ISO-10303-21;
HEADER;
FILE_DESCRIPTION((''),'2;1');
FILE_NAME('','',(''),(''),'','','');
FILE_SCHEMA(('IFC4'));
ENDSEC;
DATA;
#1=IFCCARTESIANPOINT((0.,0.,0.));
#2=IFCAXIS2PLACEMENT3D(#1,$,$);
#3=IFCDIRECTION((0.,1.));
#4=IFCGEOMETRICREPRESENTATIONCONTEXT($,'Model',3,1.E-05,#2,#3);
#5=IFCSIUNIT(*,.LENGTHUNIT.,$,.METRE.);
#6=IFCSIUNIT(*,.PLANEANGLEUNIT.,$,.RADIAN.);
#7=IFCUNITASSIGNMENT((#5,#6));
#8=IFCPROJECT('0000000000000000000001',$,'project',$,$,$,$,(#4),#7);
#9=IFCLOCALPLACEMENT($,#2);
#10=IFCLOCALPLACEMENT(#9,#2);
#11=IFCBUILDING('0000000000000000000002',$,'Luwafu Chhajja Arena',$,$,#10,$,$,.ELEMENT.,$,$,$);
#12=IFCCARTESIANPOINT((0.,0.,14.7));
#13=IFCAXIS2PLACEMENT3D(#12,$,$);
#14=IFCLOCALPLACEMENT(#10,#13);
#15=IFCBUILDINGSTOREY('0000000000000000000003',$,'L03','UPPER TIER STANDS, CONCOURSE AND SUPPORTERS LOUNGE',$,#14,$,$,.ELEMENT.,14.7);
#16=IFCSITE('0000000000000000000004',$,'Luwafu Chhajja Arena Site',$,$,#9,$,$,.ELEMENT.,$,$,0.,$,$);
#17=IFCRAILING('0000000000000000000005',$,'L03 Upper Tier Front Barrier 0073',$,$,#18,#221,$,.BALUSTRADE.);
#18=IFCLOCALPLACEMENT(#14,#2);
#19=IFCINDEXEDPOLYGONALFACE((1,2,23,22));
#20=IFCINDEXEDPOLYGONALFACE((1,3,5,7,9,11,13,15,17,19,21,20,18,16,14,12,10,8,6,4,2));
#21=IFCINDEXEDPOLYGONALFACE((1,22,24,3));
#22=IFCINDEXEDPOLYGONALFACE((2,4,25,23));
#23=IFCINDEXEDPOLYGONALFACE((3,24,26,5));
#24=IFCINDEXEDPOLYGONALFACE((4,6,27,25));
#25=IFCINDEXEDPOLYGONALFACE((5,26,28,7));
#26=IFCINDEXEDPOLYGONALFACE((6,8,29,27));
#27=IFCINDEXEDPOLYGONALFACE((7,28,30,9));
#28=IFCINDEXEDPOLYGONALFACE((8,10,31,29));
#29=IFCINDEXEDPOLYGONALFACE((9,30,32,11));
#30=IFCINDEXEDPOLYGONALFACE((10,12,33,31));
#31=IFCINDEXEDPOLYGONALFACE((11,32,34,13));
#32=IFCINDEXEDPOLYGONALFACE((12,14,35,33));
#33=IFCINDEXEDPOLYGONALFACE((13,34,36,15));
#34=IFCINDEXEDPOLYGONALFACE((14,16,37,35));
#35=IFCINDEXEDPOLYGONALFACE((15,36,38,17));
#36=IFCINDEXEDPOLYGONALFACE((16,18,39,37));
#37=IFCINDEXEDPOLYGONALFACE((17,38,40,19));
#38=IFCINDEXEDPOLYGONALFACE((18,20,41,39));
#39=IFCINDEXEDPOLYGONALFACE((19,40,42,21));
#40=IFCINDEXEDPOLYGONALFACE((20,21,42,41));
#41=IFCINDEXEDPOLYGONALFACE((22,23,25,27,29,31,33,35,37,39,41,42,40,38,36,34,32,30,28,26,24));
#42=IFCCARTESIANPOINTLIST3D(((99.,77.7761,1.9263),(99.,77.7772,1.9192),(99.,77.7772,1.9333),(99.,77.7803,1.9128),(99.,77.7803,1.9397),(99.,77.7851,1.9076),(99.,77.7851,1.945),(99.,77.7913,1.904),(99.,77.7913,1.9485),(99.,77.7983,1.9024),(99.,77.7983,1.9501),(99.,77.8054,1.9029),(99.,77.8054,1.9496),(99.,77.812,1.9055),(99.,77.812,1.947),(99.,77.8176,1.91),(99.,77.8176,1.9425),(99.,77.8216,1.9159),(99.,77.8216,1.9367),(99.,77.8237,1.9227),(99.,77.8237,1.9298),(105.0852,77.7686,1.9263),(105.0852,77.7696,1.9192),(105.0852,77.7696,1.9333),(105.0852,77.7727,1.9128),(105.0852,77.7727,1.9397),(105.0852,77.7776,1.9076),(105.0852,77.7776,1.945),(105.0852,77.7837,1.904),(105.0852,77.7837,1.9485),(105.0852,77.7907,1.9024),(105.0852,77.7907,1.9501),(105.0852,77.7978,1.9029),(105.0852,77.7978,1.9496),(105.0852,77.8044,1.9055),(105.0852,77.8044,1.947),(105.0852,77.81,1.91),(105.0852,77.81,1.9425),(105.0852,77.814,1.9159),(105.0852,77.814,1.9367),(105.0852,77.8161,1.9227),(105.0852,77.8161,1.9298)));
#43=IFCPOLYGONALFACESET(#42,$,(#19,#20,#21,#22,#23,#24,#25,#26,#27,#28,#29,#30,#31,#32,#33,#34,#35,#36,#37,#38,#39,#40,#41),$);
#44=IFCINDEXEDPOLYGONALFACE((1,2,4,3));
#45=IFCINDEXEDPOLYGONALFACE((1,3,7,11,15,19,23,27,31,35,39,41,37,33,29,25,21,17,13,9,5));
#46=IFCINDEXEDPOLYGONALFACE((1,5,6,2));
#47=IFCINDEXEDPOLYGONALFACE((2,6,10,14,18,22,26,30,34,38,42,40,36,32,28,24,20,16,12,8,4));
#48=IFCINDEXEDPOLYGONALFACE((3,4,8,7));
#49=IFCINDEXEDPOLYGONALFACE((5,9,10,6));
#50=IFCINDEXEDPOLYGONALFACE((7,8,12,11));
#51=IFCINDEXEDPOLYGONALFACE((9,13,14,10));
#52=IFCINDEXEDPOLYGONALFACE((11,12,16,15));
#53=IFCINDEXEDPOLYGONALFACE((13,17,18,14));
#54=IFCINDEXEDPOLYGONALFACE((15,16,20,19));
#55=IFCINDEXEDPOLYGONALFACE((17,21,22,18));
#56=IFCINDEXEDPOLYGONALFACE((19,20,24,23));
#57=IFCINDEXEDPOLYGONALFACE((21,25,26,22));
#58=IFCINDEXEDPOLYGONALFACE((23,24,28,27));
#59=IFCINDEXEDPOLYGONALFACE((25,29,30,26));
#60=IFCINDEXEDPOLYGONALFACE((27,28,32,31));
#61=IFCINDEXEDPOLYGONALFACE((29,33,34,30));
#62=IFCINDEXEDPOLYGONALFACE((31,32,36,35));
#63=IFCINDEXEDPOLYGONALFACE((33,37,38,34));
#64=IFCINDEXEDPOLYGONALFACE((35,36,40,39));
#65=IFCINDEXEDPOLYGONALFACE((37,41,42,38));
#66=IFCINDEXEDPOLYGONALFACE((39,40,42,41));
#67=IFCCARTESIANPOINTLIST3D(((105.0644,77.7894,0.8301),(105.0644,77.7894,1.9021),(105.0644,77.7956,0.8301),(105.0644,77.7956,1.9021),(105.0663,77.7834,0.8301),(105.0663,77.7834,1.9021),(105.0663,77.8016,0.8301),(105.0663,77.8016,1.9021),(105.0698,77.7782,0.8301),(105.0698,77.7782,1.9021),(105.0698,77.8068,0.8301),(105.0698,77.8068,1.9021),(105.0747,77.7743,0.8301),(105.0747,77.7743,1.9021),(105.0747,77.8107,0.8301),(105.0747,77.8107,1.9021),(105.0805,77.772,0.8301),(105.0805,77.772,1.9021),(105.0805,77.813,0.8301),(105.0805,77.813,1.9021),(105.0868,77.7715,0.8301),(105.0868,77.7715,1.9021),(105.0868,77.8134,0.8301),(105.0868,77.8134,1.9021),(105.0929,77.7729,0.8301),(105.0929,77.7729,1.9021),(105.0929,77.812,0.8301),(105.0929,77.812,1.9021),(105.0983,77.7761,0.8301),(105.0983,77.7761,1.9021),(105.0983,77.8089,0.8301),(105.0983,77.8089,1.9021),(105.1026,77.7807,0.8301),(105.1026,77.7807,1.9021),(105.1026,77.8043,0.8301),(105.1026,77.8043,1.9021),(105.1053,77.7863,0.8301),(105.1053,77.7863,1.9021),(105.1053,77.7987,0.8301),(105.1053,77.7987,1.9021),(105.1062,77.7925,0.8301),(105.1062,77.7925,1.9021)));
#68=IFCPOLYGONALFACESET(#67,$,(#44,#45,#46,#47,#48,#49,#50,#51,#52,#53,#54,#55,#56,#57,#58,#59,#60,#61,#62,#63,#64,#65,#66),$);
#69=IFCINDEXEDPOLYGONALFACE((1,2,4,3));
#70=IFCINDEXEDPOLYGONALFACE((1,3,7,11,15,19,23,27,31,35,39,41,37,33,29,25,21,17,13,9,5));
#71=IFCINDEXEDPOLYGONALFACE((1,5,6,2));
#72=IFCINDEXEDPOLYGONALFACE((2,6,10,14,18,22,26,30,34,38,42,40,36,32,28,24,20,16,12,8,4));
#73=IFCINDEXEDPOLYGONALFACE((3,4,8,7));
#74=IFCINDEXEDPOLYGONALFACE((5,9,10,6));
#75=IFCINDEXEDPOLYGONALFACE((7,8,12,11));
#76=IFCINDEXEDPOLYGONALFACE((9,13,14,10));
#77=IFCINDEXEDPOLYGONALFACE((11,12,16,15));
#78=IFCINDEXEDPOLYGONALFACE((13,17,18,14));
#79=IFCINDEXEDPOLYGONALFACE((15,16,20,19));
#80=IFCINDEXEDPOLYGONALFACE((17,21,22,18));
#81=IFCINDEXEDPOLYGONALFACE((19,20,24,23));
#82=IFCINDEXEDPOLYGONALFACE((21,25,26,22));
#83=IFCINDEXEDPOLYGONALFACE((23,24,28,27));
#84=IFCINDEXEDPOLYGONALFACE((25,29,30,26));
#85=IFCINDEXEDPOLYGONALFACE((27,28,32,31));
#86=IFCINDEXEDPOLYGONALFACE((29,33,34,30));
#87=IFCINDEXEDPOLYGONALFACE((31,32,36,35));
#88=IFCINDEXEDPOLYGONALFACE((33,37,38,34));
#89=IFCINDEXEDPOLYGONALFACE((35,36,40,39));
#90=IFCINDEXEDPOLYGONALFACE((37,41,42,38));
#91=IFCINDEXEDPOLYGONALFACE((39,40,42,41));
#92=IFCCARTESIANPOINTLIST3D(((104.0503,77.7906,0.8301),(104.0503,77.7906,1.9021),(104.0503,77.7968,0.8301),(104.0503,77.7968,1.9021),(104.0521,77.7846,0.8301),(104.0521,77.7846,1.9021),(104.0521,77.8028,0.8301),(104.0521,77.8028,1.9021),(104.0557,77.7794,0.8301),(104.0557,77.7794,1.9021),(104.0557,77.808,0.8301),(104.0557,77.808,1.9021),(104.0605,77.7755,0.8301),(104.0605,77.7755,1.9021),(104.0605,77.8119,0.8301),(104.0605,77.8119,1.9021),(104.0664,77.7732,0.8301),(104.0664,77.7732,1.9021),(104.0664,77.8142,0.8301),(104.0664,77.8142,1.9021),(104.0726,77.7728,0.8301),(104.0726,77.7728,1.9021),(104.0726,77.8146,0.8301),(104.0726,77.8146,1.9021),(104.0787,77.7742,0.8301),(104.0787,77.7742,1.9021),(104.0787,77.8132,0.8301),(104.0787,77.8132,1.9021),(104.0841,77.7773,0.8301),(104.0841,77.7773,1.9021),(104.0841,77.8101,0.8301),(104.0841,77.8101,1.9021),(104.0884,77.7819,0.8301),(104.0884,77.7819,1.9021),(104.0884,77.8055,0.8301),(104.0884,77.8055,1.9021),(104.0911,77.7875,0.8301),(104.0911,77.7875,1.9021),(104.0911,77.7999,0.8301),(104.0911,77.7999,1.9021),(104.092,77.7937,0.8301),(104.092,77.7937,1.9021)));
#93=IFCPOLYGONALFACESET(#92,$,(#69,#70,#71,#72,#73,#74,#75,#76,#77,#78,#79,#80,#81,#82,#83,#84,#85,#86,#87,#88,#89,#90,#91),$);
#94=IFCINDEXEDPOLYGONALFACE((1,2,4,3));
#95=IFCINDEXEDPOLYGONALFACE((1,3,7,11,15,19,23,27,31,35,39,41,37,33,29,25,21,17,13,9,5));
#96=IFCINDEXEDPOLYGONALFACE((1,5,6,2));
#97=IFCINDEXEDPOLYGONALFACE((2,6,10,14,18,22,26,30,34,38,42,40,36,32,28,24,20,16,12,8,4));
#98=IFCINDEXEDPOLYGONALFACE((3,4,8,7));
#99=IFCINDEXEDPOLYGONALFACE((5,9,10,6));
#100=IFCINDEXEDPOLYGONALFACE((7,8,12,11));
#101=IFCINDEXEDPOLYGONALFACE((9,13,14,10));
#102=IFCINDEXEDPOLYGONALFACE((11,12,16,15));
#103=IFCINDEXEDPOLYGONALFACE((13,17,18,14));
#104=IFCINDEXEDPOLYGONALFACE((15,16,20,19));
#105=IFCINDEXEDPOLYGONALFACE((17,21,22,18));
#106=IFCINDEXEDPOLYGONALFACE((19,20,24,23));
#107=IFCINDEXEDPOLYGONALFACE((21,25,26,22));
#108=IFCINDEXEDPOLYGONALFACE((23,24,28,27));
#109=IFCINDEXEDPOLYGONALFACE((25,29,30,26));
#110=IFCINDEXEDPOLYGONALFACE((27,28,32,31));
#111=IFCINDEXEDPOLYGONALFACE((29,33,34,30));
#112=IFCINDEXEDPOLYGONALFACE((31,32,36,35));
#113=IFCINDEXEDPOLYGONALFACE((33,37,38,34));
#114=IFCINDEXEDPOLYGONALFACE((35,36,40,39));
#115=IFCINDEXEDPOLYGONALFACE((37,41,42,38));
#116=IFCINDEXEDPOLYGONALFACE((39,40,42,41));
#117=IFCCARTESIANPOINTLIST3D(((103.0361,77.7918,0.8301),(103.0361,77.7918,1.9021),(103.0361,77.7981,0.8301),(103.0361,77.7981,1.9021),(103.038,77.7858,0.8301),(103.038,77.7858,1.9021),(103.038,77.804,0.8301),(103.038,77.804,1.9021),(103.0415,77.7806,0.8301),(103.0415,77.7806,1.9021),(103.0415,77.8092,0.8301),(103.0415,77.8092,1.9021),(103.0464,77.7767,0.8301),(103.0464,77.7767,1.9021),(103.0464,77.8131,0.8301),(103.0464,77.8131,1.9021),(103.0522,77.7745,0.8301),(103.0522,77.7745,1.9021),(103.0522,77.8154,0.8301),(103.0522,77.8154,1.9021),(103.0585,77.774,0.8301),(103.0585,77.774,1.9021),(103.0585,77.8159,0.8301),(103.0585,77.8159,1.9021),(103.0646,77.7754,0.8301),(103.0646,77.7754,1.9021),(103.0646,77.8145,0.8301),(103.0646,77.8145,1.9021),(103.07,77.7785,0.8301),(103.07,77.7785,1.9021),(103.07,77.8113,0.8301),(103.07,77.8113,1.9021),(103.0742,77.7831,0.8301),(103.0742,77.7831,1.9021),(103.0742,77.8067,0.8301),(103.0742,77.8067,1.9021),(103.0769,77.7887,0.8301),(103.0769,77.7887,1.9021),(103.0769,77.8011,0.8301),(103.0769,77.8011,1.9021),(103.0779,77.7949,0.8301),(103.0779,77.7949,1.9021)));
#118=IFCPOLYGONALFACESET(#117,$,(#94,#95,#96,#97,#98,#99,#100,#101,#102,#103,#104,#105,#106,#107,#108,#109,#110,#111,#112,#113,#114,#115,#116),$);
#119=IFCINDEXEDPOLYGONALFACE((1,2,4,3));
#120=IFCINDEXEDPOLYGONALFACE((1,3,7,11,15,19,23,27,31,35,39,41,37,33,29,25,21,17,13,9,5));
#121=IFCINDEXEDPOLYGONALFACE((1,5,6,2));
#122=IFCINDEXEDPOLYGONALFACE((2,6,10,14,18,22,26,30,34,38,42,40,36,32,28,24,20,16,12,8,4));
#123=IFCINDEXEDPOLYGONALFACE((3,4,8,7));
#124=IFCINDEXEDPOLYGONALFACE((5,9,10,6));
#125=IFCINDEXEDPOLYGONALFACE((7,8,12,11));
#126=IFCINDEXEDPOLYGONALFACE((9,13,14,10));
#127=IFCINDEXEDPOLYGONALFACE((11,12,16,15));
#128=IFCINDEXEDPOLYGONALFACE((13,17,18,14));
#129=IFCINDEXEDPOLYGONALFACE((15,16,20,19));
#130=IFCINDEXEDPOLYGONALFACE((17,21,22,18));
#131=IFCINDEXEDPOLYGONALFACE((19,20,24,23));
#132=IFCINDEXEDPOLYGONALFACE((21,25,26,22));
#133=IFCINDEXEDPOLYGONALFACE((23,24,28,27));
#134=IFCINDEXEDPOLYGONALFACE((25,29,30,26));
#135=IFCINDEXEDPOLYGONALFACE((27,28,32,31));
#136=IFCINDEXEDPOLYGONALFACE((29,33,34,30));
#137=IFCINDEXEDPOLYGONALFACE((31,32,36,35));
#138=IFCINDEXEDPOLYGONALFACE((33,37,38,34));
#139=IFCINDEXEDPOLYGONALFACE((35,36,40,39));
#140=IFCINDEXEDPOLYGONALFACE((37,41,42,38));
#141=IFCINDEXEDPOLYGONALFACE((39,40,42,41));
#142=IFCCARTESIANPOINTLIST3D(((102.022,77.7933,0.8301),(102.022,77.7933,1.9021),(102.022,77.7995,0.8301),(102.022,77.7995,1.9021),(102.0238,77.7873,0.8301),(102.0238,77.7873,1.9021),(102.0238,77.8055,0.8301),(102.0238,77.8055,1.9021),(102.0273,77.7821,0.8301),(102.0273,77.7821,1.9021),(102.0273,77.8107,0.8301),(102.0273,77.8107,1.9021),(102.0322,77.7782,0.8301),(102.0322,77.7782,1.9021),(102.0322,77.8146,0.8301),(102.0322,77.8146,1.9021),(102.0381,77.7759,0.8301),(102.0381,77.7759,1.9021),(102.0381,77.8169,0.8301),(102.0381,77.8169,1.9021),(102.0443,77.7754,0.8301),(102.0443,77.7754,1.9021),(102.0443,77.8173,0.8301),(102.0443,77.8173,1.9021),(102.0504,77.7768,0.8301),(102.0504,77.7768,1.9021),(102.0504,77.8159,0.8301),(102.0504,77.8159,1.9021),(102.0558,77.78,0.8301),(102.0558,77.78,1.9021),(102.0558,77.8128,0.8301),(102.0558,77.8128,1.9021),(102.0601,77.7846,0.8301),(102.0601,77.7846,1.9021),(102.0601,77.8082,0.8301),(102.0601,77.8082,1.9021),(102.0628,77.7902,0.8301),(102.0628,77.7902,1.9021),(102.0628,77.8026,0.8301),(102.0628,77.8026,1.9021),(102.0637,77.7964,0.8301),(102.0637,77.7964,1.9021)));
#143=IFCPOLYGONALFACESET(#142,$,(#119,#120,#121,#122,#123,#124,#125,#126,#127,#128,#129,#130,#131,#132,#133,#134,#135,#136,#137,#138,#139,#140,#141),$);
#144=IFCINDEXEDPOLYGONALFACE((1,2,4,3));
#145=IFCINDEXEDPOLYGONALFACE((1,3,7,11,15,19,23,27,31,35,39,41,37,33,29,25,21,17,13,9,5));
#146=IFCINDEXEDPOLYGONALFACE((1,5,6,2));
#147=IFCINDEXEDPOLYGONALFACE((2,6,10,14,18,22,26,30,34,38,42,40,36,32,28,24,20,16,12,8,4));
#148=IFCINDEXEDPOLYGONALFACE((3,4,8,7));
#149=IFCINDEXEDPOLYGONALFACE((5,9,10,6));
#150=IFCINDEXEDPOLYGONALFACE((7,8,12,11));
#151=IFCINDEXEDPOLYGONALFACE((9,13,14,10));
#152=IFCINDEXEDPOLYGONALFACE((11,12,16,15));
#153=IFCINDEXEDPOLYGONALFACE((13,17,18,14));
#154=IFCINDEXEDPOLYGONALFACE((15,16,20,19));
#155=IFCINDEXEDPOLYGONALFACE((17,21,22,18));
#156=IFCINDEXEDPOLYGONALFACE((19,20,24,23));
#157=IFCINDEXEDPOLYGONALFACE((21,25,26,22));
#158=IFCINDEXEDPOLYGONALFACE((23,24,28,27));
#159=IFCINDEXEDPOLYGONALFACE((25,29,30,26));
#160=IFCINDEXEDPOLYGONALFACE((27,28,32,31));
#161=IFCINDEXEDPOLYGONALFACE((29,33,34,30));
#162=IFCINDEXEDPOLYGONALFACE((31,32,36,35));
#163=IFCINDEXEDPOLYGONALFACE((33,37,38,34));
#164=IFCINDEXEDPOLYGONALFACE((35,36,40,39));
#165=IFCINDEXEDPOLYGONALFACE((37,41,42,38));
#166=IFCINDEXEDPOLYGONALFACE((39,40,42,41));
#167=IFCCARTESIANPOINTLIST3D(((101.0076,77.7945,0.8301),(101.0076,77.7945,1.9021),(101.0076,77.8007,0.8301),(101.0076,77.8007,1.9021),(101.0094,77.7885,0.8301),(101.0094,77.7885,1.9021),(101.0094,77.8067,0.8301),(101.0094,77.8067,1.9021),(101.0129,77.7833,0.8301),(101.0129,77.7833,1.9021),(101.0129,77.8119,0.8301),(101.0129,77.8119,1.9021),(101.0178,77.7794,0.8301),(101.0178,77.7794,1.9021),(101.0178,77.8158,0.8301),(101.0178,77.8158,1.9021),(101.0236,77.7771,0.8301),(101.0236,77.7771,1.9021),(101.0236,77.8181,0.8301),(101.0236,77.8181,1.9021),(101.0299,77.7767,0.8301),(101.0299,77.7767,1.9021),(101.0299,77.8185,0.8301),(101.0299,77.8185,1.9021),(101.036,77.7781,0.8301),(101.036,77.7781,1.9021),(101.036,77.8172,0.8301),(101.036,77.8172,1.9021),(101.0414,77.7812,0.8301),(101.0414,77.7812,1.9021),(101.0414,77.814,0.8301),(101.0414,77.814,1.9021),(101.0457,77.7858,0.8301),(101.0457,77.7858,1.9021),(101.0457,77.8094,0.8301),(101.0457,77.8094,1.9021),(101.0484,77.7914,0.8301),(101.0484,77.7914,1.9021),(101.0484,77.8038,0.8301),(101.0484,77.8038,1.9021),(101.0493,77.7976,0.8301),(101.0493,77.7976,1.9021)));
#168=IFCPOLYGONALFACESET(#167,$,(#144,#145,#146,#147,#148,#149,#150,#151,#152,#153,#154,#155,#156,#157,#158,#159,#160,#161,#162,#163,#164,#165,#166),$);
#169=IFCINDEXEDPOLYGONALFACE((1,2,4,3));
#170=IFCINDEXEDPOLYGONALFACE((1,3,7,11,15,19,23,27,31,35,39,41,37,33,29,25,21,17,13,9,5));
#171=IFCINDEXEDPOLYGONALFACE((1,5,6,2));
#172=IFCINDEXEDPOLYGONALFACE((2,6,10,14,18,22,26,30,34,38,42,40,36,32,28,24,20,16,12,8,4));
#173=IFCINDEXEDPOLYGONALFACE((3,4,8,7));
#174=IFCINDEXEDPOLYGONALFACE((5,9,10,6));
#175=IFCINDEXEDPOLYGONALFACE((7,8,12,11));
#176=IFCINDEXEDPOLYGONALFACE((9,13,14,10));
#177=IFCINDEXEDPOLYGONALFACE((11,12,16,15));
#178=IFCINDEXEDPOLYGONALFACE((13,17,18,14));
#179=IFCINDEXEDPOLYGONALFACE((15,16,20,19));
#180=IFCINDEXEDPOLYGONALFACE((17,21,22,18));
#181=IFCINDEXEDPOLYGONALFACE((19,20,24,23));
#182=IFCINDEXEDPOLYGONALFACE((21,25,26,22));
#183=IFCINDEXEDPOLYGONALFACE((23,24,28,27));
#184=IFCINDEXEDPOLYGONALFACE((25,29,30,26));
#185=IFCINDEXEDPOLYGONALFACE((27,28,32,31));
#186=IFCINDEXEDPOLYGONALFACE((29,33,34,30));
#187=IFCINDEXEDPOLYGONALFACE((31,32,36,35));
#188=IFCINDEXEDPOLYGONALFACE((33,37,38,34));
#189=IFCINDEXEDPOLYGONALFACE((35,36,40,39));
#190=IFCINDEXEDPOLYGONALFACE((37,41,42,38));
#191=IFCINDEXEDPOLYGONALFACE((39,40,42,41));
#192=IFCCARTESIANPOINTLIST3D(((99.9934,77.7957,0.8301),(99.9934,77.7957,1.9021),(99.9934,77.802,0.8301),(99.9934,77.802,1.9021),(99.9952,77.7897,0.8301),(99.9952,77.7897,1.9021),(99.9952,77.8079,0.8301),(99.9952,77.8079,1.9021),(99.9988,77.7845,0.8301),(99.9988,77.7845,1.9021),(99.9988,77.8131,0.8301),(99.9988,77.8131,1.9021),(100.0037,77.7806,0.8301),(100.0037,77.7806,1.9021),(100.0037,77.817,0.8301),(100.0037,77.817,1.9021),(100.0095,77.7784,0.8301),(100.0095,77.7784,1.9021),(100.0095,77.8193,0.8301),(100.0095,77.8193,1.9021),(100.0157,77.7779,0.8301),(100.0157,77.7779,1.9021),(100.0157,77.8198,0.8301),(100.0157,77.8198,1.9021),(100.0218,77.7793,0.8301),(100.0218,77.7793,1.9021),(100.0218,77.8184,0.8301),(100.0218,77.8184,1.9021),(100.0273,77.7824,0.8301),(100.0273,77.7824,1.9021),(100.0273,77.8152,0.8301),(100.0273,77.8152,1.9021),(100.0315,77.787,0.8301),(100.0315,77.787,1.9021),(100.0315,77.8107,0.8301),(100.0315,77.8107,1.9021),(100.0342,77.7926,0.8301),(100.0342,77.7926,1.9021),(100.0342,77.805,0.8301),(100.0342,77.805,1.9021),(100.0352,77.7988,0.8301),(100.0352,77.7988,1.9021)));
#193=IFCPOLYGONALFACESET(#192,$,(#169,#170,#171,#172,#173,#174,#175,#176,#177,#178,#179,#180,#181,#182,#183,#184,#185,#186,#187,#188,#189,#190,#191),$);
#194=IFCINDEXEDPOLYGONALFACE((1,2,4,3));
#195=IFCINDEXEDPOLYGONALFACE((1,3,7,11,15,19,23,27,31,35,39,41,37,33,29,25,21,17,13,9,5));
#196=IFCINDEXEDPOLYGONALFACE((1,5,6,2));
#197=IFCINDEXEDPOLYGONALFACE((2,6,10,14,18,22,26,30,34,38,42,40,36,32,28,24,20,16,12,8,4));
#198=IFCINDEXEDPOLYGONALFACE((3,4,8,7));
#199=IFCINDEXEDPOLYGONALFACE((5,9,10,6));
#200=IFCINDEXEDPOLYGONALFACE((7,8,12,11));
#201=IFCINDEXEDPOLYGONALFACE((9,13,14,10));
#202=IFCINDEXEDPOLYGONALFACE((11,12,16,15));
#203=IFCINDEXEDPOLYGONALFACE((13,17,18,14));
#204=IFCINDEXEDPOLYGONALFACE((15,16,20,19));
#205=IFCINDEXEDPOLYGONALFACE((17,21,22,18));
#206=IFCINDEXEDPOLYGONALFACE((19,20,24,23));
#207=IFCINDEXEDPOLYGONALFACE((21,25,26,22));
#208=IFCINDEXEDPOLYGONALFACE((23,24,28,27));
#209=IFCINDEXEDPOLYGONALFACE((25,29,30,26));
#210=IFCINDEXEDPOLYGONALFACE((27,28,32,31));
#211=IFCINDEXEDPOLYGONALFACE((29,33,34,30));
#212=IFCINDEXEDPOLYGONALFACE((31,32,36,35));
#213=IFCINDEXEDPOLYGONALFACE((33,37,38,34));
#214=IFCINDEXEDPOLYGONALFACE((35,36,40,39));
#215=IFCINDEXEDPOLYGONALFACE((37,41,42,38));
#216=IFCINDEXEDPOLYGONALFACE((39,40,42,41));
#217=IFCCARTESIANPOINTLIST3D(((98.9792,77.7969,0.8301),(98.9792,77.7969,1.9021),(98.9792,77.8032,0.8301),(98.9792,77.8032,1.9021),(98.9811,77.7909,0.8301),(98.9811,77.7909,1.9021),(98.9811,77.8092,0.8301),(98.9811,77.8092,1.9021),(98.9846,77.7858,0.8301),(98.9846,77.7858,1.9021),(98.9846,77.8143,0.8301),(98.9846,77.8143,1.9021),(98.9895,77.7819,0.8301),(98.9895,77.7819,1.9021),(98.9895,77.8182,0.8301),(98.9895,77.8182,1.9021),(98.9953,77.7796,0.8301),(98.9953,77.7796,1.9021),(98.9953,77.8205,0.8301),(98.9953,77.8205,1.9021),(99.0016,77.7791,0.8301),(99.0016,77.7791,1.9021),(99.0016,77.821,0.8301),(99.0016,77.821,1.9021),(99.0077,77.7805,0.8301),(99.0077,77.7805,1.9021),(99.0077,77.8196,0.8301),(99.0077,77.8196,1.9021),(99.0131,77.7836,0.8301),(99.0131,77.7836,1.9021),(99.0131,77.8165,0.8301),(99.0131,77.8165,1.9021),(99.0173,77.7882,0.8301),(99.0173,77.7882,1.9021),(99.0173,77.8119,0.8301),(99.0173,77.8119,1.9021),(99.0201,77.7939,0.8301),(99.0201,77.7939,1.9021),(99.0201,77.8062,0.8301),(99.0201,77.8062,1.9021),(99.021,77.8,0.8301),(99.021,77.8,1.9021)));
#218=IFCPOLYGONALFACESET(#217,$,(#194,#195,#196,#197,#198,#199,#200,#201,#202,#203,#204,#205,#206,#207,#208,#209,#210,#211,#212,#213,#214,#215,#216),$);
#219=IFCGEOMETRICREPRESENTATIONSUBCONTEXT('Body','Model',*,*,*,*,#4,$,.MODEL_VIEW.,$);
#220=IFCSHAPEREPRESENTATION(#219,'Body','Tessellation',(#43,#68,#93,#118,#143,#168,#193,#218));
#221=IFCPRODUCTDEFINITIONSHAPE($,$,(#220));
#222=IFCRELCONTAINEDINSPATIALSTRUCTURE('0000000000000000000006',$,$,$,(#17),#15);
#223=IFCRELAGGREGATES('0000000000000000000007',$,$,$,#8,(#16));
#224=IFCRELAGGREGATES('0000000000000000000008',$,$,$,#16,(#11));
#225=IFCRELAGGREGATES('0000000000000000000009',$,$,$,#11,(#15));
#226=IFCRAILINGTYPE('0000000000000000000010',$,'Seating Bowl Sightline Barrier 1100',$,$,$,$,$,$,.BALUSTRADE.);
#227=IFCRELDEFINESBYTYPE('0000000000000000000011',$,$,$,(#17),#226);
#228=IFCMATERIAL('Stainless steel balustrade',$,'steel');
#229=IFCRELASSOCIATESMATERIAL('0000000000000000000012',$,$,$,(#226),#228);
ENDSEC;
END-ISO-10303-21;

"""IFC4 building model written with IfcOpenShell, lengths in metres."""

from ifc_helpers import new_model, si_unit, direction, frame, origin, origin_2d, place, context, subcontext, project, spatial, circle, extrude, material, type_object, element, save


model = new_model("IFC4")

# Units and contexts
model_context = context("Model", 3, precision=1e-05, world=origin(), true_north=direction((0.0, 1.0)))
body_context = subcontext(model_context, "Body", "Model", "MODEL_VIEW")
ifc_project = project(units=[si_unit("LENGTHUNIT", "METRE"), si_unit("PLANEANGLEUNIT", "RADIAN")], contexts=[model_context])

# Site, building, storey
site_placement = place(None, origin())
site = spatial("IfcSite", under=ifc_project, at=site_placement, Name="Luwafu Chhajja Arena Site", CompositionType="ELEMENT", RefElevation=0.0)
building_placement = place(site_placement, origin())
building = spatial("IfcBuilding", under=site, at=building_placement, Name="Luwafu Chhajja Arena", CompositionType="ELEMENT")
storey_placement = place(building_placement, frame((0.0, 0.0, 14.7)))
storey = spatial("IfcBuildingStorey", under=building, at=storey_placement, Name="L03", Description="UPPER TIER STANDS, CONCOURSE AND SUPPORTERS LOUNGE", CompositionType="ELEMENT", Elevation=14.7)

# Railing
ifc_material_1 = material(Name="Stainless steel balustrade", Category="steel")
railing_type = type_object("IfcRailingType", Name="Seating Bowl Sightline Barrier 1100", PredefinedType="BALUSTRADE", material=ifc_material_1)
railing_1_placement = place(storey_placement, frame((105.0852, 77.7925, 0.8301)))
element("IfcRailing", 1, at=railing_1_placement, inside=storey, type_object=railing_type, Name="L03 Upper Tier Front Barrier 0073", PredefinedType="BALUSTRADE", context=body_context, shape_type="SweptSolid", body=[
    extrude(circle(Radius=0.0239, at=origin_2d()), frame((0.0, 0.0, 1.0962), z_axis=(-0.999999, 0.001244, 0.0), x_axis=(-0.001244, -0.999999, 0.0)), (0.0, 0.0, 1.0), 6.0852),
    extrude(circle(Radius=0.021, at=origin_2d()), origin(), (0.0, 0.0, 1.0), 1.072),
    extrude(circle(Radius=0.021, at=origin_2d()), frame((-1.0142, 0.0012, 0.0)), (0.0, 0.0, 1.0), 1.072),
    extrude(circle(Radius=0.021, at=origin_2d()), frame((-2.0283, 0.0024, 0.0)), (0.0, 0.0, 1.0), 1.072),
    extrude(circle(Radius=0.021, at=origin_2d()), frame((-3.0425, 0.0039, 0.0)), (0.0, 0.0, 1.0), 1.072),
    extrude(circle(Radius=0.021, at=origin_2d()), frame((-4.0569, 0.0051, 0.0)), (0.0, 0.0, 1.0), 1.072),
    extrude(circle(Radius=0.021, at=origin_2d()), frame((-5.071, 0.0063, 0.0)), (0.0, 0.0, 1.0), 1.072),
    extrude(circle(Radius=0.021, at=origin_2d()), frame((-6.0852, 0.0076, 0.0)), (0.0, 0.0, 1.0), 1.072),
])

save(model, "model.ifc")
